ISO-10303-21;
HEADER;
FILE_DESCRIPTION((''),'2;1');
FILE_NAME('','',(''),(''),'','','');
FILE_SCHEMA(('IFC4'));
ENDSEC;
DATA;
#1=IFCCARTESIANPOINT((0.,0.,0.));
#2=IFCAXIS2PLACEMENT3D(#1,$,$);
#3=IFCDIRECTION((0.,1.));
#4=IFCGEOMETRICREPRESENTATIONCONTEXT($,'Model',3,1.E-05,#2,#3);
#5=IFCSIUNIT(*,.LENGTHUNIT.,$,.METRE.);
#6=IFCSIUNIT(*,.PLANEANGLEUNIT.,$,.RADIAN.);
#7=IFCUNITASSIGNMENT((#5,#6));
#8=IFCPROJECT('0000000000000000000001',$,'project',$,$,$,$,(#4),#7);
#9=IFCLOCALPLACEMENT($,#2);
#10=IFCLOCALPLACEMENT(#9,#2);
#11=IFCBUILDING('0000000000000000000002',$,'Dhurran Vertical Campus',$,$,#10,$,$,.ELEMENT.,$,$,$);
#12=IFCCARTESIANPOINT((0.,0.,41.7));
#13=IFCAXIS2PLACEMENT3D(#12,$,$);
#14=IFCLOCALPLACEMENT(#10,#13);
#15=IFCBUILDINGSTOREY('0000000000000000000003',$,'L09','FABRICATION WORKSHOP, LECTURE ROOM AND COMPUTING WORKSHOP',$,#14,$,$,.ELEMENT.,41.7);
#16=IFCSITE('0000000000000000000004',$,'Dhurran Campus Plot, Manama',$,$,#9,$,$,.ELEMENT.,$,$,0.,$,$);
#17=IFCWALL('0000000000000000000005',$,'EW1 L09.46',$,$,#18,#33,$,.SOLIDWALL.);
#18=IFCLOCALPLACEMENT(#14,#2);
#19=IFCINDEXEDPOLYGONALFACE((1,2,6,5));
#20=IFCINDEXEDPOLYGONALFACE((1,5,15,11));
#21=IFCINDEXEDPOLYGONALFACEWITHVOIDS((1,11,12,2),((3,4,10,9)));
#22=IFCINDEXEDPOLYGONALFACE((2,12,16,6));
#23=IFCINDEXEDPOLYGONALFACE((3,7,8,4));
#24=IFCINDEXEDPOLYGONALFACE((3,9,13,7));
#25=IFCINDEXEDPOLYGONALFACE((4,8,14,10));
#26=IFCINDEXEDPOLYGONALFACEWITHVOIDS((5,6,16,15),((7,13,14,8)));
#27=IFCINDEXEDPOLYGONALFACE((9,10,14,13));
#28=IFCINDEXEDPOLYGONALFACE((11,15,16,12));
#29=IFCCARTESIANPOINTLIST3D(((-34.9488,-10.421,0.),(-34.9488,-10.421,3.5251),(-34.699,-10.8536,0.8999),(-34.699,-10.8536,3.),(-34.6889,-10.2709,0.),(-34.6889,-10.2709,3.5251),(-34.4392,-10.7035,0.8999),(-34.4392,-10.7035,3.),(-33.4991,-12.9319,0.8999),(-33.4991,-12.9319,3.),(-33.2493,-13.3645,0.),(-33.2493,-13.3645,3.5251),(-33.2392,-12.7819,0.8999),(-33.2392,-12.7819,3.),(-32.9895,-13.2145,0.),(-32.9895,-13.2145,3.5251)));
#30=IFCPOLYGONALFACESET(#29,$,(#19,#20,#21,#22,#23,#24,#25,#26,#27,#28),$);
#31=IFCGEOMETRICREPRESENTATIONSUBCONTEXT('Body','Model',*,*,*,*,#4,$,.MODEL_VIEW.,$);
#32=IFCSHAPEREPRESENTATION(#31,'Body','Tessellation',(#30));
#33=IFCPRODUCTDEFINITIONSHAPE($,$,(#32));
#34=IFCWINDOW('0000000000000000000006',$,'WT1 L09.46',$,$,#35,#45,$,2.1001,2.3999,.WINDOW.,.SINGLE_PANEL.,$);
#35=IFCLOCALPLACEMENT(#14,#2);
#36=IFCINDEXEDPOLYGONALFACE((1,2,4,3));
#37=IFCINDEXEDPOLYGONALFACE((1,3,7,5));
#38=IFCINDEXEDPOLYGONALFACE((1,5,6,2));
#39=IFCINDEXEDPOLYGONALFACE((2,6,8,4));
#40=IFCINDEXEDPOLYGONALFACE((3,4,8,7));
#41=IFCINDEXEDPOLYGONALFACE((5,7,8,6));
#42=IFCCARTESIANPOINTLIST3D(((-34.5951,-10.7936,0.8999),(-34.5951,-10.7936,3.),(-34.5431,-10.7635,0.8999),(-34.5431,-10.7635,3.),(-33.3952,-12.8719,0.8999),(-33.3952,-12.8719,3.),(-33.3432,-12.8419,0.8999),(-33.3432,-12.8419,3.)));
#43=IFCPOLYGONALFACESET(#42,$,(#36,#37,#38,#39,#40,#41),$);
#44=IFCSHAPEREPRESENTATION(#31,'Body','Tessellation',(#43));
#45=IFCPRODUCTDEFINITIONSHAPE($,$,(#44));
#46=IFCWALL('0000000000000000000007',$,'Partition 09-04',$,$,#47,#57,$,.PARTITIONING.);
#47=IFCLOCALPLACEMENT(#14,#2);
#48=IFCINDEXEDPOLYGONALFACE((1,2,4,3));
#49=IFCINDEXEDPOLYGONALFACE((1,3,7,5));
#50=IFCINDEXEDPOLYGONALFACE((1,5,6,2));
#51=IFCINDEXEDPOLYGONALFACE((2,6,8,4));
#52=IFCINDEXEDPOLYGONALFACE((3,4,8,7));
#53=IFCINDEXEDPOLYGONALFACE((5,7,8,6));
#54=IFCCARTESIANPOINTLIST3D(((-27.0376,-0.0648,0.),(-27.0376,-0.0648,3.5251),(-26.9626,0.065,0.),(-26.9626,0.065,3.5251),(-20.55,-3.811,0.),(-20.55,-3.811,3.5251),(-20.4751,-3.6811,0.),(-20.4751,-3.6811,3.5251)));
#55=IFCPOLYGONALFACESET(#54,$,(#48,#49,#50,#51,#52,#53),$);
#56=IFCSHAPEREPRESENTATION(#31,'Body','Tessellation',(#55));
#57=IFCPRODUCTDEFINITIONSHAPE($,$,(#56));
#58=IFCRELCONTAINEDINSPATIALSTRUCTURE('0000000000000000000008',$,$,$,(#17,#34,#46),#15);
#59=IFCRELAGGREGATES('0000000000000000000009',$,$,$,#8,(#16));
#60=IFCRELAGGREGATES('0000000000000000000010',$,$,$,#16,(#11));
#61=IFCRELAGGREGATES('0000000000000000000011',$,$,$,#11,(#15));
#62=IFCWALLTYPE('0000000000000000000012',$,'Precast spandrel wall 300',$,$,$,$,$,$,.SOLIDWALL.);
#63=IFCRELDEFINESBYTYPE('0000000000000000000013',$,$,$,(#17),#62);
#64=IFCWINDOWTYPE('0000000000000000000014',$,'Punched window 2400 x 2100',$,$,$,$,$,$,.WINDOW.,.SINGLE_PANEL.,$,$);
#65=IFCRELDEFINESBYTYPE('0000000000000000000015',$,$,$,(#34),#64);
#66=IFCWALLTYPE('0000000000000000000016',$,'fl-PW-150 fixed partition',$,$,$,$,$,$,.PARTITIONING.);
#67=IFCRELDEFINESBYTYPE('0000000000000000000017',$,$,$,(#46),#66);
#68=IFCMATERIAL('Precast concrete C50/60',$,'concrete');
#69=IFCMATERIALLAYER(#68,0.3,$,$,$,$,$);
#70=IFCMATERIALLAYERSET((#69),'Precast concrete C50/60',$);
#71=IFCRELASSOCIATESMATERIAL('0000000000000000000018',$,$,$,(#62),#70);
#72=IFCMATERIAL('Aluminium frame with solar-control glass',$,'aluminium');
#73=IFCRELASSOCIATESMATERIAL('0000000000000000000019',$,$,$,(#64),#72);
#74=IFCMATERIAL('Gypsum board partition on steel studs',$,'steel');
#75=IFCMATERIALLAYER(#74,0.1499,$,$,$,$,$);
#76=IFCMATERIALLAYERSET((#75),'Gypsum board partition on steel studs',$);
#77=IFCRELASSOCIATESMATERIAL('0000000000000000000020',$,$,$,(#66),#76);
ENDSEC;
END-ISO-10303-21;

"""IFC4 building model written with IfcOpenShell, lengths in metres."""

from ifc_helpers import new_model, si_unit, direction, frame, frame_2d, origin, place, context, subcontext, project, spatial, rectangle, extrude, material, layer, layer_set, type_object, element, fill, save


model = new_model("IFC4")

# Units and contexts
model_context = context("Model", 3, precision=1e-05, world=origin(), true_north=direction((0.0, 1.0)))
body_context = subcontext(model_context, "Body", "Model", "MODEL_VIEW")
ifc_project = project(units=[si_unit("LENGTHUNIT", "METRE"), si_unit("PLANEANGLEUNIT", "RADIAN")], contexts=[model_context])

# Site, building, storey
site_placement = place(None, origin())
site = spatial("IfcSite", under=ifc_project, at=site_placement, Name="Dhurran Campus Plot, Manama", CompositionType="ELEMENT", RefElevation=0.0)
building_placement = place(site_placement, origin())
building = spatial("IfcBuilding", under=site, at=building_placement, Name="Dhurran Vertical Campus", CompositionType="ELEMENT")
storey_placement = place(building_placement, frame((0.0, 0.0, 41.7)))
storey = spatial("IfcBuildingStorey", under=building, at=storey_placement, Name="L09", Description="FABRICATION WORKSHOP, LECTURE ROOM AND COMPUTING WORKSHOP", CompositionType="ELEMENT", Elevation=41.7)

# Wall, opening, window
ifc_material_1 = material(Name="Precast concrete C50/60", Category="concrete")
ifc_layer_1 = layer(ifc_material_1, 0.3)
ifc_layer_set_1 = layer_set([ifc_layer_1], Name="Precast concrete C50/60")
wall_type_1 = type_object("IfcWallType", Name="Precast spandrel wall 300", PredefinedType="SOLIDWALL", material=ifc_layer_set_1)
ifc_material_2 = material(Name="Aluminium frame with solar-control glass", Category="aluminium")
window_type = type_object("IfcWindowType", Name="Punched window 2400 x 2100", PartitioningType="SINGLE_PANEL", PredefinedType="WINDOW", material=ifc_material_2)
wall_1_placement = place(storey_placement, frame((-34.8188, -10.3459, 0.0), z_axis=(0.0, 0.0, 1.0), x_axis=(0.499994, -0.866029, 0.0)))
wall_1 = element("IfcWall", 1, at=wall_1_placement, inside=storey, type_object=wall_type_1, Name="EW1 L09.46", PredefinedType="SOLIDWALL", context=body_context, shape_type="SweptSolid", body=[
    extrude(rectangle(XDim=3.3989, YDim=0.3, at=frame_2d((1.6995, 0.0))), origin(), (0.0, 0.0, 1.0), 3.5251),
])
opening_1_placement = place(wall_1_placement, frame((0.4995, 0.0, 0.8999)))
opening_1 = element("IfcOpeningElement", 2, at=opening_1_placement, cuts=wall_1, PredefinedType="OPENING", context=body_context, shape_type="SweptSolid", body=[
    extrude(rectangle(XDim=2.3999, YDim=2.1001, at=frame_2d((1.2, 1.05))), frame((0.0, 0.1599, 0.0), z_axis=(0.0, -1.0, 0.0), x_axis=(1.0, 0.0, 0.0)), (0.0, 0.0, 1.0), 0.3201),
])
window_1_placement = place(opening_1_placement, origin())
window_1 = element("IfcWindow", 3, at=window_1_placement, inside=storey, type_object=window_type, Name="WT1 L09.46", OverallHeight=2.1001, OverallWidth=2.3999, PartitioningType="SINGLE_PANEL", PredefinedType="WINDOW", context=body_context, shape_type="SweptSolid", body=[
    extrude(rectangle(XDim=2.3999, YDim=2.1001, at=frame_2d((1.2, 1.05))), frame((0.0, 0.03, 0.0), z_axis=(0.0, -1.0, 0.0), x_axis=(1.0, 0.0, 0.0)), (0.0, 0.0, 1.0), 0.0601),
])
fill(opening_1, window_1)

# Wall
ifc_material_3 = material(Name="Gypsum board partition on steel studs", Category="steel")
ifc_layer_2 = layer(ifc_material_3, 0.1499)
ifc_layer_set_2 = layer_set([ifc_layer_2], Name="Gypsum board partition on steel studs")
wall_type_2 = type_object("IfcWallType", Name="fl-PW-150 fixed partition", PredefinedType="PARTITIONING", material=ifc_layer_set_2)
wall_2_placement = place(storey_placement, frame((-27.0, 0.0, 0.0), z_axis=(0.0, 0.0, 1.0), x_axis=(0.865996, -0.500051, 0.0)))
element("IfcWall", 4, at=wall_2_placement, inside=storey, type_object=wall_type_2, Name="Partition 09-04", PredefinedType="PARTITIONING", context=body_context, shape_type="SweptSolid", body=[
    extrude(rectangle(XDim=7.4915, YDim=0.1499, at=frame_2d((3.7456, 0.0))), origin(), (0.0, 0.0, 1.0), 3.5251),
])

save(model, "model.ifc")
